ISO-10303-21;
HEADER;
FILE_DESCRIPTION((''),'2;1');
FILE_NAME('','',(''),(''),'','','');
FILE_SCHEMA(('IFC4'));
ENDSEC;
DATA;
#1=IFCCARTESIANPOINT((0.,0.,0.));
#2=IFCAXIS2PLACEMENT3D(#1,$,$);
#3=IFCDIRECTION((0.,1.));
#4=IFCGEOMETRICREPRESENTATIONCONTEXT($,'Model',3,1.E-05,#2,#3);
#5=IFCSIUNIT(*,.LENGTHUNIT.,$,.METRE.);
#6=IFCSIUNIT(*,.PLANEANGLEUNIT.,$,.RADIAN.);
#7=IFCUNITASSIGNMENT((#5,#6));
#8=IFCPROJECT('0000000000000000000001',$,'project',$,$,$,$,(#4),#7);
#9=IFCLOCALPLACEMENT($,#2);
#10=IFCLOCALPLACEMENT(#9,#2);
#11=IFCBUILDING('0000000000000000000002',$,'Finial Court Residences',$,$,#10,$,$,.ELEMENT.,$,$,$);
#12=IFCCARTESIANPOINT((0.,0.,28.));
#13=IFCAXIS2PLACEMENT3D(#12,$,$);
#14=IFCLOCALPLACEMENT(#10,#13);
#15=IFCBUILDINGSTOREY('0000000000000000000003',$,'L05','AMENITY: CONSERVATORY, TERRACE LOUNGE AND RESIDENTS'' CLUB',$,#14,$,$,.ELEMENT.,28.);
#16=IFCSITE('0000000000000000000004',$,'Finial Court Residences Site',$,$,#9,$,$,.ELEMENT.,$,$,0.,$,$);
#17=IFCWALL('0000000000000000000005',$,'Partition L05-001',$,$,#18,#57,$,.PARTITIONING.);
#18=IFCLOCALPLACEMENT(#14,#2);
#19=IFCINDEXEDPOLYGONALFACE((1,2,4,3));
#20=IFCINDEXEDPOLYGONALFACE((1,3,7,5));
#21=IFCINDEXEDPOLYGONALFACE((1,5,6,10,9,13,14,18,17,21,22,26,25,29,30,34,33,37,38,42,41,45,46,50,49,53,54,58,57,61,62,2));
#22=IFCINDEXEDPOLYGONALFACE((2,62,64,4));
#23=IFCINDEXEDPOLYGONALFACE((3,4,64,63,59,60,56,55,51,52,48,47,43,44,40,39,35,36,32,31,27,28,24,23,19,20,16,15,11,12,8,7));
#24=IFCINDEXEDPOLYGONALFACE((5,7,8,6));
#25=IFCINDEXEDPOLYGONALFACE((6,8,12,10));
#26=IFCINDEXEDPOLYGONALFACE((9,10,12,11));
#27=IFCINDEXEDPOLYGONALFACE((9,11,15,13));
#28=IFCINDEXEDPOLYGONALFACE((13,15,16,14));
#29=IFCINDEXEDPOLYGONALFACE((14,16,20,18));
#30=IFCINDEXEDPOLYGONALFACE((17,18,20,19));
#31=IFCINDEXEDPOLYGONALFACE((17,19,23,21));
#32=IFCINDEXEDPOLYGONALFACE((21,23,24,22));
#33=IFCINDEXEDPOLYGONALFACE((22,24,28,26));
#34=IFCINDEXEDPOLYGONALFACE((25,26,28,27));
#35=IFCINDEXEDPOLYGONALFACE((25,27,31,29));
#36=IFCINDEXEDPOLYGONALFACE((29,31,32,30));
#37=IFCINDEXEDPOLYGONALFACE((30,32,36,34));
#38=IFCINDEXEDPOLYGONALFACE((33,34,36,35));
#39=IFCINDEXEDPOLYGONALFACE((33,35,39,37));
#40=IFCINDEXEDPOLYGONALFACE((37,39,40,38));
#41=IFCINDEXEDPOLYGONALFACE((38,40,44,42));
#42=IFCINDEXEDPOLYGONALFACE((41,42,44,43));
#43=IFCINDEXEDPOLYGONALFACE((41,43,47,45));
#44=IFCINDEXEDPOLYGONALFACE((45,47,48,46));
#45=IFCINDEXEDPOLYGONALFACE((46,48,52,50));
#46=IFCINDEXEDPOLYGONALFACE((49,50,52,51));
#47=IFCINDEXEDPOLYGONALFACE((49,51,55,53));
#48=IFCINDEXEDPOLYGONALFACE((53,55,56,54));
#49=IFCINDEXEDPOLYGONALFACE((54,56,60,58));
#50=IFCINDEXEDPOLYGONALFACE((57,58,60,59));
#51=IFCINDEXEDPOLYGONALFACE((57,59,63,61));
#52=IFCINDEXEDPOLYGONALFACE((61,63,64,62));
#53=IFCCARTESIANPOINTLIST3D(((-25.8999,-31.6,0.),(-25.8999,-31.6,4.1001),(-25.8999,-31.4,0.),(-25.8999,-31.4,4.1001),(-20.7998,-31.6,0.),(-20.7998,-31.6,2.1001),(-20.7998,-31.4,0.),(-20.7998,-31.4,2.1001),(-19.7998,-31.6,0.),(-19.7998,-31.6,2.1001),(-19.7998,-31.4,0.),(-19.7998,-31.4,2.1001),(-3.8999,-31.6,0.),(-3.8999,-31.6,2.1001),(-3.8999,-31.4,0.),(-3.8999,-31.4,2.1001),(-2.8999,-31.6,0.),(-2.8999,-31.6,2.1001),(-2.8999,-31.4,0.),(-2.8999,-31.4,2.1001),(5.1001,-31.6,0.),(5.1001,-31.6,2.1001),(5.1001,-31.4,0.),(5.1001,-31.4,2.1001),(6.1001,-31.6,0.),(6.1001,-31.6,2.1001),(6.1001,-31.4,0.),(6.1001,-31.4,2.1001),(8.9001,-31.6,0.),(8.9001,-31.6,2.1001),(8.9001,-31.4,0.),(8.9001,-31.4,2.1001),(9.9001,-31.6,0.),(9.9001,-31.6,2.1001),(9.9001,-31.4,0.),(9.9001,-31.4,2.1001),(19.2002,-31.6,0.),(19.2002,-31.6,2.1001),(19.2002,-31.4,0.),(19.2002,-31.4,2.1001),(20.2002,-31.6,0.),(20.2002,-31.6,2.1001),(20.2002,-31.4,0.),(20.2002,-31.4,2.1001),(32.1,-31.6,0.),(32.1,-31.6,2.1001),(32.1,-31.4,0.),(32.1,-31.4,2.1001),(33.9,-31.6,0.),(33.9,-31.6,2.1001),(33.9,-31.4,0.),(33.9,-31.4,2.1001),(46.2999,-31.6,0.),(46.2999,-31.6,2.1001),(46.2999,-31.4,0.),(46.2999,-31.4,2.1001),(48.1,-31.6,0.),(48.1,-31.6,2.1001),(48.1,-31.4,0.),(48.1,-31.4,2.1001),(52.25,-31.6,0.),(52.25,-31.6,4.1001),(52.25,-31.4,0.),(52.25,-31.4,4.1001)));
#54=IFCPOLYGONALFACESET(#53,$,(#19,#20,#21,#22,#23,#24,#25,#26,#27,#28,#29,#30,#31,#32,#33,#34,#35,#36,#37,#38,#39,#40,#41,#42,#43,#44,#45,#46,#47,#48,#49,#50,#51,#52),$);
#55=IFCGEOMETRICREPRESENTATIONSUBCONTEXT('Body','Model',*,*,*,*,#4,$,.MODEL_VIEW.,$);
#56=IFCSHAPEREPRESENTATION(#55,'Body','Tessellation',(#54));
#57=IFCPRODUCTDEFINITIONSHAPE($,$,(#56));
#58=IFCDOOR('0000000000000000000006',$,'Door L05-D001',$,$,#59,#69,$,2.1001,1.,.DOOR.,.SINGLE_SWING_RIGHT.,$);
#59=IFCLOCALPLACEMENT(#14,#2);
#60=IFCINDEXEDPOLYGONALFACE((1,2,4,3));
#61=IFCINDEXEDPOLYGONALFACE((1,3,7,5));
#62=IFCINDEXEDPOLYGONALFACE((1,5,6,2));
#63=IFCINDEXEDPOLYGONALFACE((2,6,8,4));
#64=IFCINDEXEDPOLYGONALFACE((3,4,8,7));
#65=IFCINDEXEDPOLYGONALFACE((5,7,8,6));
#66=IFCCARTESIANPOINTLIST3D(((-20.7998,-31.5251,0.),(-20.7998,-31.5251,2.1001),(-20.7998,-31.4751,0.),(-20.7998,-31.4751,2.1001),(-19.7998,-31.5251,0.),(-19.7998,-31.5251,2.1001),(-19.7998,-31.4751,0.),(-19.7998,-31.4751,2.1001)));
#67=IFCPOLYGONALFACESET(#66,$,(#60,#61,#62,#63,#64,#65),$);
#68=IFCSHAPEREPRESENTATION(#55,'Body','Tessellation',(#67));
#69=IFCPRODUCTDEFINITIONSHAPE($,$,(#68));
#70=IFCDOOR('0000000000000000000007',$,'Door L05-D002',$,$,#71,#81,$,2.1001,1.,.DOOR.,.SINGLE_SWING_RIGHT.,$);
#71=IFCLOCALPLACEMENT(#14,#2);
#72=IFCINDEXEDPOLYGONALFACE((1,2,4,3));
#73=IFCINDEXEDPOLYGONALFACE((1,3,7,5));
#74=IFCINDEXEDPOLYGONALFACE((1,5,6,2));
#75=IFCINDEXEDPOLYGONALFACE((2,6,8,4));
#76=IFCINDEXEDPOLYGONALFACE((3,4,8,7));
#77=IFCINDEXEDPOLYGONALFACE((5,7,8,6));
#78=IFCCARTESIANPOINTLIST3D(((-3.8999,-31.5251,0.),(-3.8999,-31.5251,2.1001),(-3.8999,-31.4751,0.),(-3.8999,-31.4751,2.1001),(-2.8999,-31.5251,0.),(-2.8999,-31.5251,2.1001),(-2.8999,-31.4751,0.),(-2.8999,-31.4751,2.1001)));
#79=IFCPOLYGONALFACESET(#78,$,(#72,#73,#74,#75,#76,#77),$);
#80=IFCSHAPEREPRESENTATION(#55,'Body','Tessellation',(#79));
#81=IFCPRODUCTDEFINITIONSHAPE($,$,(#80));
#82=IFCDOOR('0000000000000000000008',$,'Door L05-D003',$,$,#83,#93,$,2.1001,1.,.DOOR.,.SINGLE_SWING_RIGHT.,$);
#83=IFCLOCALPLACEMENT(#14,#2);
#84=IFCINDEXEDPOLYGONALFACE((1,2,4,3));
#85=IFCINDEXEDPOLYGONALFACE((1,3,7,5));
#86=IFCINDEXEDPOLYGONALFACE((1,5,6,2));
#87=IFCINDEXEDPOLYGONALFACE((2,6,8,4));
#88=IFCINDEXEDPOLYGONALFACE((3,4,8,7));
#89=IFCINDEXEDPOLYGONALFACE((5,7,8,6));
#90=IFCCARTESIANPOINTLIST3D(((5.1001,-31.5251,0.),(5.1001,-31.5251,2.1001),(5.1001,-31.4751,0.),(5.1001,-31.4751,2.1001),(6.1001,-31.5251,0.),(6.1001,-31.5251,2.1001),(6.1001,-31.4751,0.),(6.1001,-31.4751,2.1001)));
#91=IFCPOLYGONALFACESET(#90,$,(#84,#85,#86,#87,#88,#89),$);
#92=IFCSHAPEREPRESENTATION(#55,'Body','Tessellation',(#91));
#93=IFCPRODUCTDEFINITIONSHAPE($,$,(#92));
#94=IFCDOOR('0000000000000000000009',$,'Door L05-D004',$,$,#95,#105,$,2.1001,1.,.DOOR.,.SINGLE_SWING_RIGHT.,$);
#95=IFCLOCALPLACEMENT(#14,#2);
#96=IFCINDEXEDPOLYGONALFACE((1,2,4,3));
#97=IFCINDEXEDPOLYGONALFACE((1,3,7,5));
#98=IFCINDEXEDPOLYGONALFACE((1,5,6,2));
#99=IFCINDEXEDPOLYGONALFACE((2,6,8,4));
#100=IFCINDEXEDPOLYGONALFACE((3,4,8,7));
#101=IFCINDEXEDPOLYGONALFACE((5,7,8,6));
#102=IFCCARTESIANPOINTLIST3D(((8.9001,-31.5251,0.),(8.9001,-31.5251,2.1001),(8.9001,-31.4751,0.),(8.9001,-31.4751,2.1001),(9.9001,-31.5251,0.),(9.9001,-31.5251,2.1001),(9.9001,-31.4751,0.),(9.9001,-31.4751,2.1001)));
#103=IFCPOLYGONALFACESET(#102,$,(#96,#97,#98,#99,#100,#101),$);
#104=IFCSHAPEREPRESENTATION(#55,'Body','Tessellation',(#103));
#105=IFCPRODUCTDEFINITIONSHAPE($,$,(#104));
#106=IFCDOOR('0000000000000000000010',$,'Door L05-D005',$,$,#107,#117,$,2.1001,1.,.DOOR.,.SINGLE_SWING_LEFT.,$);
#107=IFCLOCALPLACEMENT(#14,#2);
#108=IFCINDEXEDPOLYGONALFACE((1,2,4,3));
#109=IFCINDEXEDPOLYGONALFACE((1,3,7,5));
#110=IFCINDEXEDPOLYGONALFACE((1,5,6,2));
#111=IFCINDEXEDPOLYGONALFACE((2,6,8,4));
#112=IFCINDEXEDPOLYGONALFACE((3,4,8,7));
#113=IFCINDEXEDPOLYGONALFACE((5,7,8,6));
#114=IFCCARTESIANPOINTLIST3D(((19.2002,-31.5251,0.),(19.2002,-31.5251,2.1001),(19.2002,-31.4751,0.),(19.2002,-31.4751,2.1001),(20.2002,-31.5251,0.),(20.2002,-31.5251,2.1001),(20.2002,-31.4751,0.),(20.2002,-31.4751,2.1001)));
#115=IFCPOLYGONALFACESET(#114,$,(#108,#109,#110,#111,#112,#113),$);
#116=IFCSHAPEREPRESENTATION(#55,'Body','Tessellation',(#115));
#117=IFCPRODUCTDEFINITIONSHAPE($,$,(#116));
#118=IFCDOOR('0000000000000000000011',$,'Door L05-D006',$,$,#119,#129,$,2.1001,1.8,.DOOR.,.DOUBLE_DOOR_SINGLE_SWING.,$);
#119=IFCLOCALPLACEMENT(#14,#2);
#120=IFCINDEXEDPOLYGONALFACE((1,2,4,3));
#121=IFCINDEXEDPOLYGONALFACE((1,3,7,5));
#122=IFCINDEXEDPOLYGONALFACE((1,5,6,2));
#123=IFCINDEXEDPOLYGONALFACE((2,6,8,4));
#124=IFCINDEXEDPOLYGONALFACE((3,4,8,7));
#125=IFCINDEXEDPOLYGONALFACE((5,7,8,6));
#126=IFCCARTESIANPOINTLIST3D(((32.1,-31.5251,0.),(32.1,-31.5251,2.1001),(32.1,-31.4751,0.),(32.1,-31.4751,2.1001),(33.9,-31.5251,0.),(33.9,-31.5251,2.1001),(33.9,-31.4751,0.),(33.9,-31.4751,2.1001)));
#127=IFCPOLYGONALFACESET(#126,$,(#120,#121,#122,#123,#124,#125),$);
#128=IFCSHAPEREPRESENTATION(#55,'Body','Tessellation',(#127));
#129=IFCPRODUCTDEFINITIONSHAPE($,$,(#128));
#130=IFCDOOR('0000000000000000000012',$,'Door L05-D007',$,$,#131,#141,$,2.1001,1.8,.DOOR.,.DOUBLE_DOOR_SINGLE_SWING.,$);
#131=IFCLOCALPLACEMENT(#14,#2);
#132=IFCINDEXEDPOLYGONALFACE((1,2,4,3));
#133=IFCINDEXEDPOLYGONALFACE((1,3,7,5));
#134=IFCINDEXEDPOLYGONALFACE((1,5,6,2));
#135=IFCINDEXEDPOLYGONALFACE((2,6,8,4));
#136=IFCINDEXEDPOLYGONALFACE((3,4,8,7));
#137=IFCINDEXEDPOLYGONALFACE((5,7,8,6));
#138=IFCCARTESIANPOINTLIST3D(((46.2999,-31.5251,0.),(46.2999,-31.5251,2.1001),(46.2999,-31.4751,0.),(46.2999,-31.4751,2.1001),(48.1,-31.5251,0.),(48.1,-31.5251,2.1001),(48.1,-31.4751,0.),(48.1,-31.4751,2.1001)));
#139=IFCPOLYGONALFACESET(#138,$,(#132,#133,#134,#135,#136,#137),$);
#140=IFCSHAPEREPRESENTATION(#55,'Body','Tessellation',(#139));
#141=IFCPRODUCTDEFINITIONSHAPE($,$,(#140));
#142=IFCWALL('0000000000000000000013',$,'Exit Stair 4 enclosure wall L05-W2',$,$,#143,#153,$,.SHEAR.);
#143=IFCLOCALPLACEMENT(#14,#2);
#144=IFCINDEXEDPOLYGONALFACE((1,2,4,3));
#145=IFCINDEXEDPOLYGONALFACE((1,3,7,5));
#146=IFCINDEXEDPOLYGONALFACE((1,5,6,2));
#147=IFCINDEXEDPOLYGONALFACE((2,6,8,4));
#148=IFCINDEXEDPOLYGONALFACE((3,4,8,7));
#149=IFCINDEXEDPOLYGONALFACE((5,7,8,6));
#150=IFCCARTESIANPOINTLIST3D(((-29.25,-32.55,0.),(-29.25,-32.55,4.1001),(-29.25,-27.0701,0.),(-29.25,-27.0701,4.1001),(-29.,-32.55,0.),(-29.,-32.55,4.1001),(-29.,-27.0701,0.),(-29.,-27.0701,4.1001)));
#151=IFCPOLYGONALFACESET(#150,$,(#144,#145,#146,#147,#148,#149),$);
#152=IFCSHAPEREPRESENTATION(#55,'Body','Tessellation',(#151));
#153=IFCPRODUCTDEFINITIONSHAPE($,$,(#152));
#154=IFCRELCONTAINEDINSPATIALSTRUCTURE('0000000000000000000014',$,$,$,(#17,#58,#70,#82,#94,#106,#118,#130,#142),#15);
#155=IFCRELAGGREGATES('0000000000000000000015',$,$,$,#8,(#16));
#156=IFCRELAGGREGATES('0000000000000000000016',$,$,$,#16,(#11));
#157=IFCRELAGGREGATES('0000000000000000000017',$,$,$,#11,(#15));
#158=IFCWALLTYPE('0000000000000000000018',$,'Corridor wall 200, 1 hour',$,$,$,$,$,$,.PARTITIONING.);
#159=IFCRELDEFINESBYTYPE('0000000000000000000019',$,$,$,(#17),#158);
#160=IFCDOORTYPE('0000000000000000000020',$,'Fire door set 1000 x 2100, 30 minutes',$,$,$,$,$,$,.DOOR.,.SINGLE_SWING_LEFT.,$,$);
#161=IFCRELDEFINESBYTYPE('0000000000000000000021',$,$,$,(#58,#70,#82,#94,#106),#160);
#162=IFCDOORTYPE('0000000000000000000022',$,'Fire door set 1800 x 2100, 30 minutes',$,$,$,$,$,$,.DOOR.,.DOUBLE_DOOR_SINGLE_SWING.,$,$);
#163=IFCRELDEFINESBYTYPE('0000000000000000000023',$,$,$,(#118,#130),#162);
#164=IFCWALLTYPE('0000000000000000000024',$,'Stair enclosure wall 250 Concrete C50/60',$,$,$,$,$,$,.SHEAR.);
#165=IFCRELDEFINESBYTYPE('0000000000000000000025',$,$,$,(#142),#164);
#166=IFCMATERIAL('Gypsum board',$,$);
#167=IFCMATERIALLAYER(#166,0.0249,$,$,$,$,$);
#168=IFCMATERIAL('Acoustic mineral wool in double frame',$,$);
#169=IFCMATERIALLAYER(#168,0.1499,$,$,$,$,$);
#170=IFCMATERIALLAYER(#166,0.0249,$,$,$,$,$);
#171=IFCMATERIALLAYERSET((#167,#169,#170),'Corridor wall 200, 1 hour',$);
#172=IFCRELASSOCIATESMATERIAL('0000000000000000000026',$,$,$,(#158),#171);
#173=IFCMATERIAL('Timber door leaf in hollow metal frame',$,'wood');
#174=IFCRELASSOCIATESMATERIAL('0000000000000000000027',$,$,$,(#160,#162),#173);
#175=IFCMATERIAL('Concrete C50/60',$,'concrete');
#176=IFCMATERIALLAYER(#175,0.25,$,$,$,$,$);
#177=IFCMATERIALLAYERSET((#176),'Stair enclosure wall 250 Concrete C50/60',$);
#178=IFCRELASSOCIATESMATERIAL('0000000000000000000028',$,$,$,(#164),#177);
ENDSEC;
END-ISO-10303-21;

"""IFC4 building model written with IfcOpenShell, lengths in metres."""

from ifc_helpers import new_model, si_unit, direction, frame, frame_2d, origin, place, context, subcontext, project, spatial, rectangle, extrude, material, layer, layer_set, type_object, element, fill, save


model = new_model("IFC4")

# Units and contexts
model_context = context("Model", 3, precision=1e-05, world=origin(), true_north=direction((0.0, 1.0)))
body_context = subcontext(model_context, "Body", "Model", "MODEL_VIEW")
ifc_project = project(units=[si_unit("LENGTHUNIT", "METRE"), si_unit("PLANEANGLEUNIT", "RADIAN")], contexts=[model_context])

# Site, building, storey
site_placement = place(None, origin())
site = spatial("IfcSite", under=ifc_project, at=site_placement, Name="Finial Court Residences Site", CompositionType="ELEMENT", RefElevation=0.0)
building_placement = place(site_placement, origin())
building = spatial("IfcBuilding", under=site, at=building_placement, Name="Finial Court Residences", CompositionType="ELEMENT")
storey_placement = place(building_placement, frame((0.0, 0.0, 28.0)))
storey = spatial("IfcBuildingStorey", under=building, at=storey_placement, Name="L05", Description="AMENITY: CONSERVATORY, TERRACE LOUNGE AND RESIDENTS' CLUB", CompositionType="ELEMENT", Elevation=28.0)

# Shared definitions
ifc_material_1 = material(Name="Concrete C50/60", Category="concrete")

# Wall, openings, doors
ifc_material_2 = material(Name="Gypsum board")
ifc_layer_1 = layer(ifc_material_2, 0.0249)
ifc_material_3 = material(Name="Acoustic mineral wool in double frame")
ifc_layer_2 = layer(ifc_material_3, 0.1499)
ifc_layer_3 = layer(ifc_material_2, 0.0249)
ifc_layer_set_1 = layer_set([ifc_layer_1, ifc_layer_2, ifc_layer_3], Name="Corridor wall 200, 1 hour")
wall_type_1 = type_object("IfcWallType", Name="Corridor wall 200, 1 hour", PredefinedType="PARTITIONING", material=ifc_layer_set_1)
wall_1_placement = place(storey_placement, frame((-25.8999, -31.5, 0.0), z_axis=(0.0, 0.0, 1.0), x_axis=(1.0, 0.0, 0.0)))
wall_1 = element("IfcWall", 1, at=wall_1_placement, inside=storey, type_object=wall_type_1, Name="Partition L05-001", PredefinedType="PARTITIONING", context=body_context, shape_type="SweptSolid", body=[
    extrude(rectangle(XDim=78.1499, YDim=0.2, at=frame_2d((39.075, 0.0))), origin(), (0.0, 0.0, 1.0), 4.1001),
])
opening_1_placement = place(wall_1_placement, frame((5.1001, 0.0, 0.0)))
opening_1 = element("IfcOpeningElement", 2, at=opening_1_placement, cuts=wall_1, PredefinedType="OPENING", context=body_context, shape_type="SweptSolid", body=[
    extrude(rectangle(XDim=1.0, YDim=2.1001, at=frame_2d((0.5, 1.05))), frame((0.0, 0.1099, 0.0), z_axis=(0.0, -1.0, 0.0), x_axis=(1.0, 0.0, 0.0)), (0.0, 0.0, 1.0), 0.22),
])
opening_2_placement = place(wall_1_placement, frame((22.0, 0.0, 0.0)))
opening_2 = element("IfcOpeningElement", 3, at=opening_2_placement, cuts=wall_1, PredefinedType="OPENING", context=body_context, shape_type="SweptSolid", body=[
    extrude(rectangle(XDim=1.0, YDim=2.1001, at=frame_2d((0.5, 1.05))), frame((0.0, 0.1099, 0.0), z_axis=(0.0, -1.0, 0.0), x_axis=(1.0, 0.0, 0.0)), (0.0, 0.0, 1.0), 0.22),
])
opening_3_placement = place(wall_1_placement, frame((31.0, 0.0, 0.0)))
opening_3 = element("IfcOpeningElement", 4, at=opening_3_placement, cuts=wall_1, PredefinedType="OPENING", context=body_context, shape_type="SweptSolid", body=[
    extrude(rectangle(XDim=1.0, YDim=2.1001, at=frame_2d((0.5, 1.05))), frame((0.0, 0.1099, 0.0), z_axis=(0.0, -1.0, 0.0), x_axis=(1.0, 0.0, 0.0)), (0.0, 0.0, 1.0), 0.22),
])
opening_4_placement = place(wall_1_placement, frame((34.8, 0.0, 0.0)))
opening_4 = element("IfcOpeningElement", 5, at=opening_4_placement, cuts=wall_1, PredefinedType="OPENING", context=body_context, shape_type="SweptSolid", body=[
    extrude(rectangle(XDim=1.0, YDim=2.1001, at=frame_2d((0.5, 1.05))), frame((0.0, 0.1099, 0.0), z_axis=(0.0, -1.0, 0.0), x_axis=(1.0, 0.0, 0.0)), (0.0, 0.0, 1.0), 0.22),
])
opening_5_placement = place(wall_1_placement, frame((45.1001, 0.0, 0.0)))
opening_5 = element("IfcOpeningElement", 6, at=opening_5_placement, cuts=wall_1, PredefinedType="OPENING", context=body_context, shape_type="SweptSolid", body=[
    extrude(rectangle(XDim=1.0, YDim=2.1001, at=frame_2d((0.5, 1.05))), frame((0.0, 0.1099, 0.0), z_axis=(0.0, -1.0, 0.0), x_axis=(1.0, 0.0, 0.0)), (0.0, 0.0, 1.0), 0.22),
])
opening_6_placement = place(wall_1_placement, frame((58.0, 0.0, 0.0)))
opening_6 = element("IfcOpeningElement", 7, at=opening_6_placement, cuts=wall_1, PredefinedType="OPENING", context=body_context, shape_type="SweptSolid", body=[
    extrude(rectangle(XDim=1.8, YDim=2.1001, at=frame_2d((0.8999, 1.05))), frame((0.0, 0.1099, 0.0), z_axis=(0.0, -1.0, 0.0), x_axis=(1.0, 0.0, 0.0)), (0.0, 0.0, 1.0), 0.22),
])
opening_7_placement = place(wall_1_placement, frame((72.2, 0.0, 0.0)))
opening_7 = element("IfcOpeningElement", 8, at=opening_7_placement, cuts=wall_1, PredefinedType="OPENING", context=body_context, shape_type="SweptSolid", body=[
    extrude(rectangle(XDim=1.8, YDim=2.1001, at=frame_2d((0.8999, 1.05))), frame((0.0, 0.1099, 0.0), z_axis=(0.0, -1.0, 0.0), x_axis=(1.0, 0.0, 0.0)), (0.0, 0.0, 1.0), 0.22),
])
ifc_material_4 = material(Name="Timber door leaf in hollow metal frame", Category="wood")
door_type_1 = type_object("IfcDoorType", Name="Fire door set 1000 x 2100, 30 minutes", OperationType="SINGLE_SWING_LEFT", PredefinedType="DOOR", material=ifc_material_4)
door_1_placement = place(opening_1_placement, origin())
door_1 = element("IfcDoor", 9, at=door_1_placement, inside=storey, type_object=door_type_1, Name="Door L05-D001", OperationType="SINGLE_SWING_RIGHT", OverallHeight=2.1001, OverallWidth=1.0, PredefinedType="DOOR", context=body_context, shape_type="SweptSolid", body=[
    extrude(rectangle(XDim=1.0, YDim=2.1001, at=frame_2d((0.5, 1.05))), frame((0.0, 0.0249, 0.0), z_axis=(0.0, -1.0, 0.0), x_axis=(1.0, 0.0, 0.0)), (0.0, 0.0, 1.0), 0.05),
])
fill(opening_1, door_1)
door_2_placement = place(opening_2_placement, origin())
door_2 = element("IfcDoor", 10, at=door_2_placement, inside=storey, type_object=door_type_1, Name="Door L05-D002", OperationType="SINGLE_SWING_RIGHT", OverallHeight=2.1001, OverallWidth=1.0, PredefinedType="DOOR", context=body_context, shape_type="SweptSolid", body=[
    extrude(rectangle(XDim=1.0, YDim=2.1001, at=frame_2d((0.5, 1.05))), frame((0.0, 0.0249, 0.0), z_axis=(0.0, -1.0, 0.0), x_axis=(1.0, 0.0, 0.0)), (0.0, 0.0, 1.0), 0.05),
])
fill(opening_2, door_2)
door_3_placement = place(opening_3_placement, origin())
door_3 = element("IfcDoor", 11, at=door_3_placement, inside=storey, type_object=door_type_1, Name="Door L05-D003", OperationType="SINGLE_SWING_RIGHT", OverallHeight=2.1001, OverallWidth=1.0, PredefinedType="DOOR", context=body_context, shape_type="SweptSolid", body=[
    extrude(rectangle(XDim=1.0, YDim=2.1001, at=frame_2d((0.5, 1.05))), frame((0.0, 0.0249, 0.0), z_axis=(0.0, -1.0, 0.0), x_axis=(1.0, 0.0, 0.0)), (0.0, 0.0, 1.0), 0.05),
])
fill(opening_3, door_3)
door_4_placement = place(opening_4_placement, origin())
door_4 = element("IfcDoor", 12, at=door_4_placement, inside=storey, type_object=door_type_1, Name="Door L05-D004", OperationType="SINGLE_SWING_RIGHT", OverallHeight=2.1001, OverallWidth=1.0, PredefinedType="DOOR", context=body_context, shape_type="SweptSolid", body=[
    extrude(rectangle(XDim=1.0, YDim=2.1001, at=frame_2d((0.5, 1.05))), frame((0.0, 0.0249, 0.0), z_axis=(0.0, -1.0, 0.0), x_axis=(1.0, 0.0, 0.0)), (0.0, 0.0, 1.0), 0.05),
])
fill(opening_4, door_4)
door_5_placement = place(opening_5_placement, origin())
door_5 = element("IfcDoor", 13, at=door_5_placement, inside=storey, type_object=door_type_1, Name="Door L05-D005", OperationType="SINGLE_SWING_LEFT", OverallHeight=2.1001, OverallWidth=1.0, PredefinedType="DOOR", context=body_context, shape_type="SweptSolid", body=[
    extrude(rectangle(XDim=1.0, YDim=2.1001, at=frame_2d((0.5, 1.05))), frame((0.0, 0.0249, 0.0), z_axis=(0.0, -1.0, 0.0), x_axis=(1.0, 0.0, 0.0)), (0.0, 0.0, 1.0), 0.05),
])
fill(opening_5, door_5)
door_type_2 = type_object("IfcDoorType", Name="Fire door set 1800 x 2100, 30 minutes", OperationType="DOUBLE_DOOR_SINGLE_SWING", PredefinedType="DOOR", material=ifc_material_4)
door_6_placement = place(opening_6_placement, origin())
door_6 = element("IfcDoor", 14, at=door_6_placement, inside=storey, type_object=door_type_2, Name="Door L05-D006", OperationType="DOUBLE_DOOR_SINGLE_SWING", OverallHeight=2.1001, OverallWidth=1.8, PredefinedType="DOOR", context=body_context, shape_type="SweptSolid", body=[
    extrude(rectangle(XDim=1.8, YDim=2.1001, at=frame_2d((0.8999, 1.05))), frame((0.0, 0.0249, 0.0), z_axis=(0.0, -1.0, 0.0), x_axis=(1.0, 0.0, 0.0)), (0.0, 0.0, 1.0), 0.05),
])
fill(opening_6, door_6)
door_7_placement = place(opening_7_placement, origin())
door_7 = element("IfcDoor", 15, at=door_7_placement, inside=storey, type_object=door_type_2, Name="Door L05-D007", OperationType="DOUBLE_DOOR_SINGLE_SWING", OverallHeight=2.1001, OverallWidth=1.8, PredefinedType="DOOR", context=body_context, shape_type="SweptSolid", body=[
    extrude(rectangle(XDim=1.8, YDim=2.1001, at=frame_2d((0.8999, 1.05))), frame((0.0, 0.0249, 0.0), z_axis=(0.0, -1.0, 0.0), x_axis=(1.0, 0.0, 0.0)), (0.0, 0.0, 1.0), 0.05),
])
fill(opening_7, door_7)

# Wall
ifc_layer_4 = layer(ifc_material_1, 0.25)
ifc_layer_set_2 = layer_set([ifc_layer_4], Name="Stair enclosure wall 250 Concrete C50/60")
wall_type_2 = type_object("IfcWallType", Name="Stair enclosure wall 250 Concrete C50/60", PredefinedType="SHEAR", material=ifc_layer_set_2)
wall_2_placement = place(storey_placement, frame((-29.125, -32.55, 0.0), z_axis=(0.0, 0.0, 1.0), x_axis=(0.0, 1.0, 0.0)))
element("IfcWall", 16, at=wall_2_placement, inside=storey, type_object=wall_type_2, Name="Exit Stair 4 enclosure wall L05-W2", PredefinedType="SHEAR", context=body_context, shape_type="SweptSolid", body=[
    extrude(rectangle(XDim=5.48, YDim=0.25, at=frame_2d((2.74, 0.0))), origin(), (0.0, 0.0, 1.0), 4.1001),
])

save(model, "model.ifc")
